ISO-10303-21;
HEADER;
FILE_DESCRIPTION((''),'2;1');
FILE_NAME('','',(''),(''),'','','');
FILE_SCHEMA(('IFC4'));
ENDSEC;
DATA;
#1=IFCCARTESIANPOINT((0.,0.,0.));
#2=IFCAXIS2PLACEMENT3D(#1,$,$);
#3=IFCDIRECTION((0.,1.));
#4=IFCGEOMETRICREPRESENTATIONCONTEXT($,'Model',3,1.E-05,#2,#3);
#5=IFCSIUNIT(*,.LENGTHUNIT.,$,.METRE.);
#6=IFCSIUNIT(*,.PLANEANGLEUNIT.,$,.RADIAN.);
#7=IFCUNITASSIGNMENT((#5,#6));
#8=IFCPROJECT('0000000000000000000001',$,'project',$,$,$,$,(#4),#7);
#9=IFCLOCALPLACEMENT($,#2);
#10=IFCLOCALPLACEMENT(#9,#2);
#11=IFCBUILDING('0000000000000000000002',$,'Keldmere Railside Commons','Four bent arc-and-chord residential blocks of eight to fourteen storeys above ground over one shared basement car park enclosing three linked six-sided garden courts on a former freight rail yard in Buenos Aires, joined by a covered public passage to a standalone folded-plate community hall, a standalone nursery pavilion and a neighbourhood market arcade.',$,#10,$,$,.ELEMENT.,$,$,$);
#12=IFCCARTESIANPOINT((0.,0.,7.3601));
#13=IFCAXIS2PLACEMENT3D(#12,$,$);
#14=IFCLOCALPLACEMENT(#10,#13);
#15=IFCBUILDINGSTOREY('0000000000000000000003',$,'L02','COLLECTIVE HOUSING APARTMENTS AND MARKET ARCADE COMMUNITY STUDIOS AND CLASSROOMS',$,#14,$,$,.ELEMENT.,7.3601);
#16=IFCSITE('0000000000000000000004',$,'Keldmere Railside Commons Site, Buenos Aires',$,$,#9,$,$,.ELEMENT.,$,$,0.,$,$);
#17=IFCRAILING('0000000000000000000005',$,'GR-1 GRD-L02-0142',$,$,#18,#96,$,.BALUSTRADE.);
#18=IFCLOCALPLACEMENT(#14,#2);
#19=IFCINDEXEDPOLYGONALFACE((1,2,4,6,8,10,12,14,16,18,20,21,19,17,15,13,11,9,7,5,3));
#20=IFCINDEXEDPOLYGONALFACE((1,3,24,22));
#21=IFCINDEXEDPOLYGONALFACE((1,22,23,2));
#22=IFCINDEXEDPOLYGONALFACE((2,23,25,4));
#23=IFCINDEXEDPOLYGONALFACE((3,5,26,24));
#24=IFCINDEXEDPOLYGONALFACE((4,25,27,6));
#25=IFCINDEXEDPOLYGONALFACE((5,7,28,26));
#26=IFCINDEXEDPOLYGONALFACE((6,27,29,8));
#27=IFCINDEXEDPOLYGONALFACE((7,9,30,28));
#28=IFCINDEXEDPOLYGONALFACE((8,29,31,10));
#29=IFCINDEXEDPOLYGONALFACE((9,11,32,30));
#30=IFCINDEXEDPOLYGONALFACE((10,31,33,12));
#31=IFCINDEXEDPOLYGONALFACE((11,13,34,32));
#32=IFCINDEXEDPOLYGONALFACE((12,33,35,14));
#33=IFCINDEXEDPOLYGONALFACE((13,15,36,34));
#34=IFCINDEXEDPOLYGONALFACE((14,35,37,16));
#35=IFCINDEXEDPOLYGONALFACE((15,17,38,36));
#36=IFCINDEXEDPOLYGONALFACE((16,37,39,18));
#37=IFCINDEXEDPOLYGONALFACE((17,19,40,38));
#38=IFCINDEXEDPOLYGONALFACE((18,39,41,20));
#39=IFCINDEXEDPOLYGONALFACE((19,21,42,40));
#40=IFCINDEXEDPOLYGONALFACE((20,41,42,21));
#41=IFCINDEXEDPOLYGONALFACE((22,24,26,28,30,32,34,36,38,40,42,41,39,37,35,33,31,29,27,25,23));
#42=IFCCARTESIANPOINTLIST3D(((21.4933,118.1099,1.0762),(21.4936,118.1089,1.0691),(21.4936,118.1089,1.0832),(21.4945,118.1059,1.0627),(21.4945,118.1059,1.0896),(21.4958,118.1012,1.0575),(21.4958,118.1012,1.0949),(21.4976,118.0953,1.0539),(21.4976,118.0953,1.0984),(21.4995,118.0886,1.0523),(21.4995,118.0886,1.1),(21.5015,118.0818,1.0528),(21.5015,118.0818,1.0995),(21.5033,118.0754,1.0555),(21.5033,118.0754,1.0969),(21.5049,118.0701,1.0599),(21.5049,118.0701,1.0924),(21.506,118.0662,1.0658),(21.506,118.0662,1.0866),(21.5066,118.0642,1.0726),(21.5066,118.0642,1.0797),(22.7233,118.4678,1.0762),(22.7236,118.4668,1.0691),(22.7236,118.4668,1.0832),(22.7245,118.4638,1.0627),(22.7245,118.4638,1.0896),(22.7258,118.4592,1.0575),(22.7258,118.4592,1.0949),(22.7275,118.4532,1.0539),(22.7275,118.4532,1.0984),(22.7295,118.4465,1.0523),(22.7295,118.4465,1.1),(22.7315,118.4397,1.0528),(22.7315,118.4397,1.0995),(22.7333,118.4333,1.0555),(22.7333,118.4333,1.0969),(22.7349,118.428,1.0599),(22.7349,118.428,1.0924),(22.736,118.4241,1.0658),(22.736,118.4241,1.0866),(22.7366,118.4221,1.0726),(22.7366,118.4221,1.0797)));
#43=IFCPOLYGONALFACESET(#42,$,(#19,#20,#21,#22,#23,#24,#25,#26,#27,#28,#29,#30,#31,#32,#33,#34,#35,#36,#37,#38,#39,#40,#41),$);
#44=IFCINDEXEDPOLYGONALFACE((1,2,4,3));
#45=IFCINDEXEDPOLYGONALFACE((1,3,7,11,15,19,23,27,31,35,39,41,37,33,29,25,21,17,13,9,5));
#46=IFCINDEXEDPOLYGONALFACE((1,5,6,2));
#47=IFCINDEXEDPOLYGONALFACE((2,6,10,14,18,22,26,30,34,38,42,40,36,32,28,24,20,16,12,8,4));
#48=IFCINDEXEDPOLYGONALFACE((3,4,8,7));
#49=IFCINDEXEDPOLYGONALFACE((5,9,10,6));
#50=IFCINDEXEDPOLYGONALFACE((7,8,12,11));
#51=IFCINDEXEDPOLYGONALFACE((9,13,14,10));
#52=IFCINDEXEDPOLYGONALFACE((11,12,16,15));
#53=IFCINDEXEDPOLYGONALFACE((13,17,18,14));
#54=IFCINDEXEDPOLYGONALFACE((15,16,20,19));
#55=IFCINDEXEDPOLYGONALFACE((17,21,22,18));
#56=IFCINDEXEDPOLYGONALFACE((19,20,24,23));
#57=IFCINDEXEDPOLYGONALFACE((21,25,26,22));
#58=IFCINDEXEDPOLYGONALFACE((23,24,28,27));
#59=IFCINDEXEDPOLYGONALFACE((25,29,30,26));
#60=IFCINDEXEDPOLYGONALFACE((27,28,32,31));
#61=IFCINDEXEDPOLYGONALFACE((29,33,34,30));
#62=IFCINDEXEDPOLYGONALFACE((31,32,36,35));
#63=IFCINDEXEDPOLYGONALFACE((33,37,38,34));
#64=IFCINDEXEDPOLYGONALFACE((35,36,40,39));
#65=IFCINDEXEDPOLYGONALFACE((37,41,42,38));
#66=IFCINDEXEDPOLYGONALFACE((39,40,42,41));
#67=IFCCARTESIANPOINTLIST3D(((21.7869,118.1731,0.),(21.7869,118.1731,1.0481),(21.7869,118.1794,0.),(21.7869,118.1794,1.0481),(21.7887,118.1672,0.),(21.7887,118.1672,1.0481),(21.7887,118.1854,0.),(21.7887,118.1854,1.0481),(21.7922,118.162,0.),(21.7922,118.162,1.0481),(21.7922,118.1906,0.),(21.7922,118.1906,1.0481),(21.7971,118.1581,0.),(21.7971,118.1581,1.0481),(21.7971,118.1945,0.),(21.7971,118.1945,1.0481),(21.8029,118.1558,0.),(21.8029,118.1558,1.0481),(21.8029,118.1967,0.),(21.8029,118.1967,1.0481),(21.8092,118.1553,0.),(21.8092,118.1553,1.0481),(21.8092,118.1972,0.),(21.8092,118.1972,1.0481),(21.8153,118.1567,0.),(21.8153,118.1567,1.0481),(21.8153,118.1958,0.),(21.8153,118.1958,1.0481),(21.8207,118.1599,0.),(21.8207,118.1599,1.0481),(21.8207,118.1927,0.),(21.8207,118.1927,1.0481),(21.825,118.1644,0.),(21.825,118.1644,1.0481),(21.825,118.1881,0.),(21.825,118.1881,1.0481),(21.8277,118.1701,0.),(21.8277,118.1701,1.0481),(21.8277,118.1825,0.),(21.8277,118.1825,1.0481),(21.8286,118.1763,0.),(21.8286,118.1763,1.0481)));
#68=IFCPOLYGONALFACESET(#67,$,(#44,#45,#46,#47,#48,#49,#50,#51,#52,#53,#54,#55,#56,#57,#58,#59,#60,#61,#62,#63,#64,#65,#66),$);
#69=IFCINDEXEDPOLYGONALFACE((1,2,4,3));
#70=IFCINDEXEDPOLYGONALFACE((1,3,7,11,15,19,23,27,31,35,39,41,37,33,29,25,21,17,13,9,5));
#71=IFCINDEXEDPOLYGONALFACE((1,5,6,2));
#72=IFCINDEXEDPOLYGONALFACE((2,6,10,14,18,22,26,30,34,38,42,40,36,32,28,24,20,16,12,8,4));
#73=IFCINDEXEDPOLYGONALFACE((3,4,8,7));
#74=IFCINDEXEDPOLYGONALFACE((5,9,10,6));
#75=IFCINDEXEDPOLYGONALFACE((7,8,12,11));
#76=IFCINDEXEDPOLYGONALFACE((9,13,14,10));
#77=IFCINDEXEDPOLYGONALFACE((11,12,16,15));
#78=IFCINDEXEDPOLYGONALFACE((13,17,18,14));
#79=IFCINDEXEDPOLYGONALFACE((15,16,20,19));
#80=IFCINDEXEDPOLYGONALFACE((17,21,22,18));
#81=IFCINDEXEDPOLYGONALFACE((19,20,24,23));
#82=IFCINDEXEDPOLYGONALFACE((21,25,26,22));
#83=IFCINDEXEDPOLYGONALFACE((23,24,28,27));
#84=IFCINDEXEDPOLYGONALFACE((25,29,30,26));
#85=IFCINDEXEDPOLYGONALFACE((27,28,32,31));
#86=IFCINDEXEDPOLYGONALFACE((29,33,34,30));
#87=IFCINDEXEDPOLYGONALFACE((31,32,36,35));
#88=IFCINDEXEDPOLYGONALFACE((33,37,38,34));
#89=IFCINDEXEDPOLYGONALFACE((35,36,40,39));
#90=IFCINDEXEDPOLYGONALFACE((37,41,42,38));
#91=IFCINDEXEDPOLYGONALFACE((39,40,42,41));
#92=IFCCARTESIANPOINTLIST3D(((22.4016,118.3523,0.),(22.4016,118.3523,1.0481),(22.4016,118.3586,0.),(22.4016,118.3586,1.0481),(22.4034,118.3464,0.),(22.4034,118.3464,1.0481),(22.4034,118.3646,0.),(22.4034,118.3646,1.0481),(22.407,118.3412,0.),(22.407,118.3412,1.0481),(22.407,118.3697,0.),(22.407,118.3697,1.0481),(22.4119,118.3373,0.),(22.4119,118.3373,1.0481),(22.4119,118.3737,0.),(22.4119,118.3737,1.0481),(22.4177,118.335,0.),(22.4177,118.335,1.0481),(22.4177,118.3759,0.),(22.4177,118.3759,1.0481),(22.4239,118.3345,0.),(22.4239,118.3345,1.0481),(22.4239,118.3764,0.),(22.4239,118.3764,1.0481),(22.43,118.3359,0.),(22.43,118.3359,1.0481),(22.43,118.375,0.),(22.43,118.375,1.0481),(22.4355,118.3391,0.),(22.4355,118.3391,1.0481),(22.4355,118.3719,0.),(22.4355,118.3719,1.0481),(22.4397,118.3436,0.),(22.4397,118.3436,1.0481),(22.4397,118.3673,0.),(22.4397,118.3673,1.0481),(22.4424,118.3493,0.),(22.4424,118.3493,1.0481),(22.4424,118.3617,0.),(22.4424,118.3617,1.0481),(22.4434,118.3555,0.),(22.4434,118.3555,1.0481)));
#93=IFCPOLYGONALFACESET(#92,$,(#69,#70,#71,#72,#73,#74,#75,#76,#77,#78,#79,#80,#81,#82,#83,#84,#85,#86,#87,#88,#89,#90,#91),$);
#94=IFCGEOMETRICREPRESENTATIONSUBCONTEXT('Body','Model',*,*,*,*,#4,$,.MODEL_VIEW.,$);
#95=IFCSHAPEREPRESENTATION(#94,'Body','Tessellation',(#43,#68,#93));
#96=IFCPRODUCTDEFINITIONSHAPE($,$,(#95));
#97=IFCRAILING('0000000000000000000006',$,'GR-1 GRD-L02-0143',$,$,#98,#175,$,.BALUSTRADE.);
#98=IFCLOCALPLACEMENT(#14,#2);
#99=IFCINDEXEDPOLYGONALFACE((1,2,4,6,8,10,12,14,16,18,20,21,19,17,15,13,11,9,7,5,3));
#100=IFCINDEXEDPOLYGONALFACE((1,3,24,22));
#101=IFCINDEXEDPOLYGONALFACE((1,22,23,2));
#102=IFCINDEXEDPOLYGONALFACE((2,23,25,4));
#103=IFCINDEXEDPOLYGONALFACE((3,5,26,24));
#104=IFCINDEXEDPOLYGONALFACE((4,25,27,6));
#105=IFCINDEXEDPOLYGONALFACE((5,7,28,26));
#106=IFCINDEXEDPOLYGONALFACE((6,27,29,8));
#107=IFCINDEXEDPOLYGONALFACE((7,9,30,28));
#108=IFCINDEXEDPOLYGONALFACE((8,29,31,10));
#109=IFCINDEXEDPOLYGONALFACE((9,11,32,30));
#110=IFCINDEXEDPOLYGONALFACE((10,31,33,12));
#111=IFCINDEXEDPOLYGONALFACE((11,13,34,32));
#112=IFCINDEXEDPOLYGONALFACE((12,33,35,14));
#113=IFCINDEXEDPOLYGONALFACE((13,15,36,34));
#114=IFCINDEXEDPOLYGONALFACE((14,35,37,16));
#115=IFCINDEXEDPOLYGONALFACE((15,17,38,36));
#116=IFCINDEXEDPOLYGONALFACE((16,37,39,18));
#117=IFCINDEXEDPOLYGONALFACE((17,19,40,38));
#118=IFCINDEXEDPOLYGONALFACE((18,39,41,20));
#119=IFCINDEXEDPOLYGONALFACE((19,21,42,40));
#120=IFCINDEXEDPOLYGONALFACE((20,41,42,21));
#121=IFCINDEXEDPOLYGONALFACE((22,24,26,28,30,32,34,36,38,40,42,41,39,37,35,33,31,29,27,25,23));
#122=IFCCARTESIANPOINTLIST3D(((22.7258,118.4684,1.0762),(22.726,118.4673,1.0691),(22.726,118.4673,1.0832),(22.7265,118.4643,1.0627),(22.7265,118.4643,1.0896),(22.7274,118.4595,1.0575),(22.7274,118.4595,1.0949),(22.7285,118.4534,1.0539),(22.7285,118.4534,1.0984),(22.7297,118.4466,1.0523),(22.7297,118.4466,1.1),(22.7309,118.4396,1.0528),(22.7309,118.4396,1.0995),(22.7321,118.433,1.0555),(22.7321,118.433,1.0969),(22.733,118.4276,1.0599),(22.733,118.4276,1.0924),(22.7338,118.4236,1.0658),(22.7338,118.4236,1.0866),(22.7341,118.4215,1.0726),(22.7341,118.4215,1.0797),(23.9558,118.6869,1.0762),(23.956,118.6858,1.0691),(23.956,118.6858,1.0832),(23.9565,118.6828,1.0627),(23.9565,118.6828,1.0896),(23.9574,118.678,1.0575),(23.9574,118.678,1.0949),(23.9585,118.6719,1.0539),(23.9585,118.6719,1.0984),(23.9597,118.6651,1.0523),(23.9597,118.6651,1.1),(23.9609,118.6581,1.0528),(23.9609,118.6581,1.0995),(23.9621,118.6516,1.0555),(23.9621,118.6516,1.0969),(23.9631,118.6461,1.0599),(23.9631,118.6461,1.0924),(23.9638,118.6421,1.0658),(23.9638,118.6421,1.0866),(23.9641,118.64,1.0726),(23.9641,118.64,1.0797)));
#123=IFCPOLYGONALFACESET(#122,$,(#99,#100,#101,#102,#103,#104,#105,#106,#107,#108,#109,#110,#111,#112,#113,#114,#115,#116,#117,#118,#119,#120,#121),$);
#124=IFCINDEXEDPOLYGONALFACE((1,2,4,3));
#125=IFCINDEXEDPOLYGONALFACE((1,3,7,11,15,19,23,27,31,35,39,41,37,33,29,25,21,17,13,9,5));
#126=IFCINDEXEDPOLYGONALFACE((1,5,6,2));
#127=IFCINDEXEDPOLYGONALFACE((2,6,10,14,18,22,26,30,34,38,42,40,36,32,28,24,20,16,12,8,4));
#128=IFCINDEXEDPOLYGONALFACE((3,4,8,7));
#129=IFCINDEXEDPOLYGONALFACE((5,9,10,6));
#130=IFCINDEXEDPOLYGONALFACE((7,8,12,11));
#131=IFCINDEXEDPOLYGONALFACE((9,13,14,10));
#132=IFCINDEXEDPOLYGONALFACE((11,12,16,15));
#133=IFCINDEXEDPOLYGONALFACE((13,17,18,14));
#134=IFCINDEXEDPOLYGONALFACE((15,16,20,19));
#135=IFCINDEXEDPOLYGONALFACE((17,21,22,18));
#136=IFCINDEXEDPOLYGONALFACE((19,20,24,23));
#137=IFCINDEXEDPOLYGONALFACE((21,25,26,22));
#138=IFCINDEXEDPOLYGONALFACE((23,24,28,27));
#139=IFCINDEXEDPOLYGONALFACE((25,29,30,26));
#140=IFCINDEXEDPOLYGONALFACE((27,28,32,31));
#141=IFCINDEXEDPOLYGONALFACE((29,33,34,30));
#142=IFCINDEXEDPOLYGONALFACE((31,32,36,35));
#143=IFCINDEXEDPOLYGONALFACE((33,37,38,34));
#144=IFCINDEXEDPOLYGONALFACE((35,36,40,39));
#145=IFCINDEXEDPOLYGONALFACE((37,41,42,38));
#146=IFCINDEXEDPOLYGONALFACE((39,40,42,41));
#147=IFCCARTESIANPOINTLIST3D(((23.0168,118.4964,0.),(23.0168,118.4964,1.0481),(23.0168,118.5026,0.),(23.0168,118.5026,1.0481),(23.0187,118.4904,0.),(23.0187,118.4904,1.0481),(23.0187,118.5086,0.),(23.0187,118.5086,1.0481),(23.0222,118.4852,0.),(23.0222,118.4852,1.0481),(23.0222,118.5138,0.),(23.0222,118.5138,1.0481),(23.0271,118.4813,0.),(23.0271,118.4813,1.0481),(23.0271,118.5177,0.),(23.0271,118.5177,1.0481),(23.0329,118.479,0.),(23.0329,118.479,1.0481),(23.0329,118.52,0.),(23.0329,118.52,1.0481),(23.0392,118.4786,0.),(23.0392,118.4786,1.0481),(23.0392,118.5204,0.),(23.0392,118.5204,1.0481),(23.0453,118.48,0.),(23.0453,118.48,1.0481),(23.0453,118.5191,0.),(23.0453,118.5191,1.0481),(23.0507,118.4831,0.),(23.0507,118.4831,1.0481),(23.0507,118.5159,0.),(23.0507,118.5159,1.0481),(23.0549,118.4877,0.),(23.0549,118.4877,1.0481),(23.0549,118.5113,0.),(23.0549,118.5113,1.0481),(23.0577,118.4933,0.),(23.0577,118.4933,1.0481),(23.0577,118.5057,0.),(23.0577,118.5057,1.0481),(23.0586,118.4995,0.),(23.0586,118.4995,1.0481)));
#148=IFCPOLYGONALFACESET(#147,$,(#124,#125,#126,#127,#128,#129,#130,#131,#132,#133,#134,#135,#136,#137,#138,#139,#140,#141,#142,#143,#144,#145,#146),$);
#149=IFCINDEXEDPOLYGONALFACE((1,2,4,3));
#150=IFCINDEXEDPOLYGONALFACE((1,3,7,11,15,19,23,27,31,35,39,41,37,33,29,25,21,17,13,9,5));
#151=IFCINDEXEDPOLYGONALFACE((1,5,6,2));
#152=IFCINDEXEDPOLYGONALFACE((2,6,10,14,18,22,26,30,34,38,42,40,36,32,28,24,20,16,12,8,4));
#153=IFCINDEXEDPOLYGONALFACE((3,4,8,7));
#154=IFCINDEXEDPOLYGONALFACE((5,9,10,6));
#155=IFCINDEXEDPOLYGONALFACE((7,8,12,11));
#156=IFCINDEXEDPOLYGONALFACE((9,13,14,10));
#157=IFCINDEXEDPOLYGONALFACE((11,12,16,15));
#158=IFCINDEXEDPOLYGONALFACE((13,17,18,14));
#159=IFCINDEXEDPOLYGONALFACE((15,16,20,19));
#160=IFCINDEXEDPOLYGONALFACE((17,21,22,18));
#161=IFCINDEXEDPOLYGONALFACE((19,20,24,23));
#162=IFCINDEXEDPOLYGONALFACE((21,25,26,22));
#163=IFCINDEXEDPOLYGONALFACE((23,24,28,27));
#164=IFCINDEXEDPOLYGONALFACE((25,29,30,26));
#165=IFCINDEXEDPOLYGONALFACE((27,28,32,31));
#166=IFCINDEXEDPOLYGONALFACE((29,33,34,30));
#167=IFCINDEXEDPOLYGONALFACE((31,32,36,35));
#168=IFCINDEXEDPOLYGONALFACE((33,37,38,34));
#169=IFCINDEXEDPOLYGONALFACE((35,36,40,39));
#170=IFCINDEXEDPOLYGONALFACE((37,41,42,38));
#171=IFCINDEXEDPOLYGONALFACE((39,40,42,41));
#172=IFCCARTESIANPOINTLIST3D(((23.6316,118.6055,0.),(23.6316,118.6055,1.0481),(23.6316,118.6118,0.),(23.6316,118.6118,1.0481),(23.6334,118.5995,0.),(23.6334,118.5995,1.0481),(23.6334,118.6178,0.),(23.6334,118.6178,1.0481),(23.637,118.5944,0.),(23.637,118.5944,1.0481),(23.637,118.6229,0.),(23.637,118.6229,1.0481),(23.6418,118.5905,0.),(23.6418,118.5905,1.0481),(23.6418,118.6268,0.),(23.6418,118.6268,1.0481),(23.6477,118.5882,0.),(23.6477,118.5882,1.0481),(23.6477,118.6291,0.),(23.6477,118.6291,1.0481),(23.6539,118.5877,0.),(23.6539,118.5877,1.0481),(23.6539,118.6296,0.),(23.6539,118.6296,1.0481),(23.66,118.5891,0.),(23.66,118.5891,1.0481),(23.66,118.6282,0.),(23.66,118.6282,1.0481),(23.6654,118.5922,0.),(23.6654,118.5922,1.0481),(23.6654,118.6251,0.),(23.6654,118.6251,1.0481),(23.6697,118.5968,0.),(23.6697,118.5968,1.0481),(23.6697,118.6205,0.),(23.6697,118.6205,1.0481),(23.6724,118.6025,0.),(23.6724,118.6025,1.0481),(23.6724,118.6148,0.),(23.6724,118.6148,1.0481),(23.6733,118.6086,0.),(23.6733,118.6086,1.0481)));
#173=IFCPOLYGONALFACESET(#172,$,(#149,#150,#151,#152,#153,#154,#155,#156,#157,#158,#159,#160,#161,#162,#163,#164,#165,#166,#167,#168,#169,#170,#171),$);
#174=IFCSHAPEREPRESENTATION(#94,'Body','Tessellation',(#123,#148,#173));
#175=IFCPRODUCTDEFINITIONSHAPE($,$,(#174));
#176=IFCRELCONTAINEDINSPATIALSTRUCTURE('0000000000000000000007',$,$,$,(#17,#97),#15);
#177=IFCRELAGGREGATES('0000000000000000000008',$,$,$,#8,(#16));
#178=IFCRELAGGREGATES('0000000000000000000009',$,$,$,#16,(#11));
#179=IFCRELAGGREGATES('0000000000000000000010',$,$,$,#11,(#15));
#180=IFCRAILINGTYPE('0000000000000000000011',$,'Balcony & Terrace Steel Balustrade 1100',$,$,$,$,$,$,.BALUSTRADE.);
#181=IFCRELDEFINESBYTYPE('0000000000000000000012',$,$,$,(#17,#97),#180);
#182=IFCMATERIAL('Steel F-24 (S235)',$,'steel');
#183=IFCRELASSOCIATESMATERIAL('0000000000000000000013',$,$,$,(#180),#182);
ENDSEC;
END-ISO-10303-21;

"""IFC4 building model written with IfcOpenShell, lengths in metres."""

from ifc_helpers import new_model, si_unit, direction, frame, origin, origin_2d, place, context, subcontext, project, spatial, circle, extrude, material, type_object, element, save


model = new_model("IFC4")

# Units and contexts
model_context = context("Model", 3, precision=1e-05, world=origin(), true_north=direction((0.0, 1.0)))
body_context = subcontext(model_context, "Body", "Model", "MODEL_VIEW")
ifc_project = project(units=[si_unit("LENGTHUNIT", "METRE"), si_unit("PLANEANGLEUNIT", "RADIAN")], contexts=[model_context])

# Site, building, storey
site_placement = place(None, origin())
site = spatial("IfcSite", under=ifc_project, at=site_placement, Name="Keldmere Railside Commons Site, Buenos Aires", CompositionType="ELEMENT", RefElevation=0.0)
building_placement = place(site_placement, origin())
building = spatial("IfcBuilding", under=site, at=building_placement, Name="Keldmere Railside Commons", Description="Four bent arc-and-chord residential blocks of eight to fourteen storeys above ground over one shared basement car park enclosing three linked six-sided garden courts on a former freight rail yard in Buenos Aires, joined by a covered public passage to a standalone folded-plate community hall, a standalone nursery pavilion and a neighbourhood market arcade.", CompositionType="ELEMENT")
storey_placement = place(building_placement, frame((0.0, 0.0, 7.3601)))
storey = spatial("IfcBuildingStorey", under=building, at=storey_placement, Name="L02", Description="COLLECTIVE HOUSING APARTMENTS AND MARKET ARCADE COMMUNITY STUDIOS AND CLASSROOMS", CompositionType="ELEMENT", Elevation=7.3601)

# Railings
ifc_material_1 = material(Name="Steel F-24 (S235)", Category="steel")
railing_type = type_object("IfcRailingType", Name="Balcony & Terrace Steel Balustrade 1100", PredefinedType="BALUSTRADE", material=ifc_material_1)
railing_1_placement = place(storey_placement, frame((21.5, 118.0869, 0.0)))
element("IfcRailing", 1, at=railing_1_placement, inside=storey, type_object=railing_type, Name="GR-1 GRD-L02-0142", PredefinedType="BALUSTRADE", context=body_context, shape_type="SweptSolid", body=[
    extrude(circle(Radius=0.0239, at=origin_2d()), frame((0.0, 0.0, 1.0762), z_axis=(0.960175, 0.2794, 0.0), x_axis=(-0.2794, 0.960175, 0.0)), (0.0, 0.0, 1.0), 1.281),
    extrude(circle(Radius=0.021, at=origin_2d()), frame((0.3076, 0.0894, 0.0)), (0.0, 0.0, 1.0), 1.0481),
    extrude(circle(Radius=0.021, at=origin_2d()), frame((0.9224, 0.2686, 0.0)), (0.0, 0.0, 1.0), 1.0481),
])
railing_2_placement = place(storey_placement, frame((22.73, 118.4448, 0.0)))
element("IfcRailing", 2, at=railing_2_placement, inside=storey, type_object=railing_type, Name="GR-1 GRD-L02-0143", PredefinedType="BALUSTRADE", context=body_context, shape_type="SweptSolid", body=[
    extrude(circle(Radius=0.0239, at=origin_2d()), frame((0.0, 0.0, 1.0762), z_axis=(0.984584, 0.174911, 0.0), x_axis=(-0.174911, 0.984584, 0.0)), (0.0, 0.0, 1.0), 1.2493),
    extrude(circle(Radius=0.021, at=origin_2d()), frame((0.3076, 0.0547, 0.0)), (0.0, 0.0, 1.0), 1.0481),
    extrude(circle(Radius=0.021, at=origin_2d()), frame((0.9224, 0.1638, 0.0)), (0.0, 0.0, 1.0), 1.0481),
])

save(model, "model.ifc")
